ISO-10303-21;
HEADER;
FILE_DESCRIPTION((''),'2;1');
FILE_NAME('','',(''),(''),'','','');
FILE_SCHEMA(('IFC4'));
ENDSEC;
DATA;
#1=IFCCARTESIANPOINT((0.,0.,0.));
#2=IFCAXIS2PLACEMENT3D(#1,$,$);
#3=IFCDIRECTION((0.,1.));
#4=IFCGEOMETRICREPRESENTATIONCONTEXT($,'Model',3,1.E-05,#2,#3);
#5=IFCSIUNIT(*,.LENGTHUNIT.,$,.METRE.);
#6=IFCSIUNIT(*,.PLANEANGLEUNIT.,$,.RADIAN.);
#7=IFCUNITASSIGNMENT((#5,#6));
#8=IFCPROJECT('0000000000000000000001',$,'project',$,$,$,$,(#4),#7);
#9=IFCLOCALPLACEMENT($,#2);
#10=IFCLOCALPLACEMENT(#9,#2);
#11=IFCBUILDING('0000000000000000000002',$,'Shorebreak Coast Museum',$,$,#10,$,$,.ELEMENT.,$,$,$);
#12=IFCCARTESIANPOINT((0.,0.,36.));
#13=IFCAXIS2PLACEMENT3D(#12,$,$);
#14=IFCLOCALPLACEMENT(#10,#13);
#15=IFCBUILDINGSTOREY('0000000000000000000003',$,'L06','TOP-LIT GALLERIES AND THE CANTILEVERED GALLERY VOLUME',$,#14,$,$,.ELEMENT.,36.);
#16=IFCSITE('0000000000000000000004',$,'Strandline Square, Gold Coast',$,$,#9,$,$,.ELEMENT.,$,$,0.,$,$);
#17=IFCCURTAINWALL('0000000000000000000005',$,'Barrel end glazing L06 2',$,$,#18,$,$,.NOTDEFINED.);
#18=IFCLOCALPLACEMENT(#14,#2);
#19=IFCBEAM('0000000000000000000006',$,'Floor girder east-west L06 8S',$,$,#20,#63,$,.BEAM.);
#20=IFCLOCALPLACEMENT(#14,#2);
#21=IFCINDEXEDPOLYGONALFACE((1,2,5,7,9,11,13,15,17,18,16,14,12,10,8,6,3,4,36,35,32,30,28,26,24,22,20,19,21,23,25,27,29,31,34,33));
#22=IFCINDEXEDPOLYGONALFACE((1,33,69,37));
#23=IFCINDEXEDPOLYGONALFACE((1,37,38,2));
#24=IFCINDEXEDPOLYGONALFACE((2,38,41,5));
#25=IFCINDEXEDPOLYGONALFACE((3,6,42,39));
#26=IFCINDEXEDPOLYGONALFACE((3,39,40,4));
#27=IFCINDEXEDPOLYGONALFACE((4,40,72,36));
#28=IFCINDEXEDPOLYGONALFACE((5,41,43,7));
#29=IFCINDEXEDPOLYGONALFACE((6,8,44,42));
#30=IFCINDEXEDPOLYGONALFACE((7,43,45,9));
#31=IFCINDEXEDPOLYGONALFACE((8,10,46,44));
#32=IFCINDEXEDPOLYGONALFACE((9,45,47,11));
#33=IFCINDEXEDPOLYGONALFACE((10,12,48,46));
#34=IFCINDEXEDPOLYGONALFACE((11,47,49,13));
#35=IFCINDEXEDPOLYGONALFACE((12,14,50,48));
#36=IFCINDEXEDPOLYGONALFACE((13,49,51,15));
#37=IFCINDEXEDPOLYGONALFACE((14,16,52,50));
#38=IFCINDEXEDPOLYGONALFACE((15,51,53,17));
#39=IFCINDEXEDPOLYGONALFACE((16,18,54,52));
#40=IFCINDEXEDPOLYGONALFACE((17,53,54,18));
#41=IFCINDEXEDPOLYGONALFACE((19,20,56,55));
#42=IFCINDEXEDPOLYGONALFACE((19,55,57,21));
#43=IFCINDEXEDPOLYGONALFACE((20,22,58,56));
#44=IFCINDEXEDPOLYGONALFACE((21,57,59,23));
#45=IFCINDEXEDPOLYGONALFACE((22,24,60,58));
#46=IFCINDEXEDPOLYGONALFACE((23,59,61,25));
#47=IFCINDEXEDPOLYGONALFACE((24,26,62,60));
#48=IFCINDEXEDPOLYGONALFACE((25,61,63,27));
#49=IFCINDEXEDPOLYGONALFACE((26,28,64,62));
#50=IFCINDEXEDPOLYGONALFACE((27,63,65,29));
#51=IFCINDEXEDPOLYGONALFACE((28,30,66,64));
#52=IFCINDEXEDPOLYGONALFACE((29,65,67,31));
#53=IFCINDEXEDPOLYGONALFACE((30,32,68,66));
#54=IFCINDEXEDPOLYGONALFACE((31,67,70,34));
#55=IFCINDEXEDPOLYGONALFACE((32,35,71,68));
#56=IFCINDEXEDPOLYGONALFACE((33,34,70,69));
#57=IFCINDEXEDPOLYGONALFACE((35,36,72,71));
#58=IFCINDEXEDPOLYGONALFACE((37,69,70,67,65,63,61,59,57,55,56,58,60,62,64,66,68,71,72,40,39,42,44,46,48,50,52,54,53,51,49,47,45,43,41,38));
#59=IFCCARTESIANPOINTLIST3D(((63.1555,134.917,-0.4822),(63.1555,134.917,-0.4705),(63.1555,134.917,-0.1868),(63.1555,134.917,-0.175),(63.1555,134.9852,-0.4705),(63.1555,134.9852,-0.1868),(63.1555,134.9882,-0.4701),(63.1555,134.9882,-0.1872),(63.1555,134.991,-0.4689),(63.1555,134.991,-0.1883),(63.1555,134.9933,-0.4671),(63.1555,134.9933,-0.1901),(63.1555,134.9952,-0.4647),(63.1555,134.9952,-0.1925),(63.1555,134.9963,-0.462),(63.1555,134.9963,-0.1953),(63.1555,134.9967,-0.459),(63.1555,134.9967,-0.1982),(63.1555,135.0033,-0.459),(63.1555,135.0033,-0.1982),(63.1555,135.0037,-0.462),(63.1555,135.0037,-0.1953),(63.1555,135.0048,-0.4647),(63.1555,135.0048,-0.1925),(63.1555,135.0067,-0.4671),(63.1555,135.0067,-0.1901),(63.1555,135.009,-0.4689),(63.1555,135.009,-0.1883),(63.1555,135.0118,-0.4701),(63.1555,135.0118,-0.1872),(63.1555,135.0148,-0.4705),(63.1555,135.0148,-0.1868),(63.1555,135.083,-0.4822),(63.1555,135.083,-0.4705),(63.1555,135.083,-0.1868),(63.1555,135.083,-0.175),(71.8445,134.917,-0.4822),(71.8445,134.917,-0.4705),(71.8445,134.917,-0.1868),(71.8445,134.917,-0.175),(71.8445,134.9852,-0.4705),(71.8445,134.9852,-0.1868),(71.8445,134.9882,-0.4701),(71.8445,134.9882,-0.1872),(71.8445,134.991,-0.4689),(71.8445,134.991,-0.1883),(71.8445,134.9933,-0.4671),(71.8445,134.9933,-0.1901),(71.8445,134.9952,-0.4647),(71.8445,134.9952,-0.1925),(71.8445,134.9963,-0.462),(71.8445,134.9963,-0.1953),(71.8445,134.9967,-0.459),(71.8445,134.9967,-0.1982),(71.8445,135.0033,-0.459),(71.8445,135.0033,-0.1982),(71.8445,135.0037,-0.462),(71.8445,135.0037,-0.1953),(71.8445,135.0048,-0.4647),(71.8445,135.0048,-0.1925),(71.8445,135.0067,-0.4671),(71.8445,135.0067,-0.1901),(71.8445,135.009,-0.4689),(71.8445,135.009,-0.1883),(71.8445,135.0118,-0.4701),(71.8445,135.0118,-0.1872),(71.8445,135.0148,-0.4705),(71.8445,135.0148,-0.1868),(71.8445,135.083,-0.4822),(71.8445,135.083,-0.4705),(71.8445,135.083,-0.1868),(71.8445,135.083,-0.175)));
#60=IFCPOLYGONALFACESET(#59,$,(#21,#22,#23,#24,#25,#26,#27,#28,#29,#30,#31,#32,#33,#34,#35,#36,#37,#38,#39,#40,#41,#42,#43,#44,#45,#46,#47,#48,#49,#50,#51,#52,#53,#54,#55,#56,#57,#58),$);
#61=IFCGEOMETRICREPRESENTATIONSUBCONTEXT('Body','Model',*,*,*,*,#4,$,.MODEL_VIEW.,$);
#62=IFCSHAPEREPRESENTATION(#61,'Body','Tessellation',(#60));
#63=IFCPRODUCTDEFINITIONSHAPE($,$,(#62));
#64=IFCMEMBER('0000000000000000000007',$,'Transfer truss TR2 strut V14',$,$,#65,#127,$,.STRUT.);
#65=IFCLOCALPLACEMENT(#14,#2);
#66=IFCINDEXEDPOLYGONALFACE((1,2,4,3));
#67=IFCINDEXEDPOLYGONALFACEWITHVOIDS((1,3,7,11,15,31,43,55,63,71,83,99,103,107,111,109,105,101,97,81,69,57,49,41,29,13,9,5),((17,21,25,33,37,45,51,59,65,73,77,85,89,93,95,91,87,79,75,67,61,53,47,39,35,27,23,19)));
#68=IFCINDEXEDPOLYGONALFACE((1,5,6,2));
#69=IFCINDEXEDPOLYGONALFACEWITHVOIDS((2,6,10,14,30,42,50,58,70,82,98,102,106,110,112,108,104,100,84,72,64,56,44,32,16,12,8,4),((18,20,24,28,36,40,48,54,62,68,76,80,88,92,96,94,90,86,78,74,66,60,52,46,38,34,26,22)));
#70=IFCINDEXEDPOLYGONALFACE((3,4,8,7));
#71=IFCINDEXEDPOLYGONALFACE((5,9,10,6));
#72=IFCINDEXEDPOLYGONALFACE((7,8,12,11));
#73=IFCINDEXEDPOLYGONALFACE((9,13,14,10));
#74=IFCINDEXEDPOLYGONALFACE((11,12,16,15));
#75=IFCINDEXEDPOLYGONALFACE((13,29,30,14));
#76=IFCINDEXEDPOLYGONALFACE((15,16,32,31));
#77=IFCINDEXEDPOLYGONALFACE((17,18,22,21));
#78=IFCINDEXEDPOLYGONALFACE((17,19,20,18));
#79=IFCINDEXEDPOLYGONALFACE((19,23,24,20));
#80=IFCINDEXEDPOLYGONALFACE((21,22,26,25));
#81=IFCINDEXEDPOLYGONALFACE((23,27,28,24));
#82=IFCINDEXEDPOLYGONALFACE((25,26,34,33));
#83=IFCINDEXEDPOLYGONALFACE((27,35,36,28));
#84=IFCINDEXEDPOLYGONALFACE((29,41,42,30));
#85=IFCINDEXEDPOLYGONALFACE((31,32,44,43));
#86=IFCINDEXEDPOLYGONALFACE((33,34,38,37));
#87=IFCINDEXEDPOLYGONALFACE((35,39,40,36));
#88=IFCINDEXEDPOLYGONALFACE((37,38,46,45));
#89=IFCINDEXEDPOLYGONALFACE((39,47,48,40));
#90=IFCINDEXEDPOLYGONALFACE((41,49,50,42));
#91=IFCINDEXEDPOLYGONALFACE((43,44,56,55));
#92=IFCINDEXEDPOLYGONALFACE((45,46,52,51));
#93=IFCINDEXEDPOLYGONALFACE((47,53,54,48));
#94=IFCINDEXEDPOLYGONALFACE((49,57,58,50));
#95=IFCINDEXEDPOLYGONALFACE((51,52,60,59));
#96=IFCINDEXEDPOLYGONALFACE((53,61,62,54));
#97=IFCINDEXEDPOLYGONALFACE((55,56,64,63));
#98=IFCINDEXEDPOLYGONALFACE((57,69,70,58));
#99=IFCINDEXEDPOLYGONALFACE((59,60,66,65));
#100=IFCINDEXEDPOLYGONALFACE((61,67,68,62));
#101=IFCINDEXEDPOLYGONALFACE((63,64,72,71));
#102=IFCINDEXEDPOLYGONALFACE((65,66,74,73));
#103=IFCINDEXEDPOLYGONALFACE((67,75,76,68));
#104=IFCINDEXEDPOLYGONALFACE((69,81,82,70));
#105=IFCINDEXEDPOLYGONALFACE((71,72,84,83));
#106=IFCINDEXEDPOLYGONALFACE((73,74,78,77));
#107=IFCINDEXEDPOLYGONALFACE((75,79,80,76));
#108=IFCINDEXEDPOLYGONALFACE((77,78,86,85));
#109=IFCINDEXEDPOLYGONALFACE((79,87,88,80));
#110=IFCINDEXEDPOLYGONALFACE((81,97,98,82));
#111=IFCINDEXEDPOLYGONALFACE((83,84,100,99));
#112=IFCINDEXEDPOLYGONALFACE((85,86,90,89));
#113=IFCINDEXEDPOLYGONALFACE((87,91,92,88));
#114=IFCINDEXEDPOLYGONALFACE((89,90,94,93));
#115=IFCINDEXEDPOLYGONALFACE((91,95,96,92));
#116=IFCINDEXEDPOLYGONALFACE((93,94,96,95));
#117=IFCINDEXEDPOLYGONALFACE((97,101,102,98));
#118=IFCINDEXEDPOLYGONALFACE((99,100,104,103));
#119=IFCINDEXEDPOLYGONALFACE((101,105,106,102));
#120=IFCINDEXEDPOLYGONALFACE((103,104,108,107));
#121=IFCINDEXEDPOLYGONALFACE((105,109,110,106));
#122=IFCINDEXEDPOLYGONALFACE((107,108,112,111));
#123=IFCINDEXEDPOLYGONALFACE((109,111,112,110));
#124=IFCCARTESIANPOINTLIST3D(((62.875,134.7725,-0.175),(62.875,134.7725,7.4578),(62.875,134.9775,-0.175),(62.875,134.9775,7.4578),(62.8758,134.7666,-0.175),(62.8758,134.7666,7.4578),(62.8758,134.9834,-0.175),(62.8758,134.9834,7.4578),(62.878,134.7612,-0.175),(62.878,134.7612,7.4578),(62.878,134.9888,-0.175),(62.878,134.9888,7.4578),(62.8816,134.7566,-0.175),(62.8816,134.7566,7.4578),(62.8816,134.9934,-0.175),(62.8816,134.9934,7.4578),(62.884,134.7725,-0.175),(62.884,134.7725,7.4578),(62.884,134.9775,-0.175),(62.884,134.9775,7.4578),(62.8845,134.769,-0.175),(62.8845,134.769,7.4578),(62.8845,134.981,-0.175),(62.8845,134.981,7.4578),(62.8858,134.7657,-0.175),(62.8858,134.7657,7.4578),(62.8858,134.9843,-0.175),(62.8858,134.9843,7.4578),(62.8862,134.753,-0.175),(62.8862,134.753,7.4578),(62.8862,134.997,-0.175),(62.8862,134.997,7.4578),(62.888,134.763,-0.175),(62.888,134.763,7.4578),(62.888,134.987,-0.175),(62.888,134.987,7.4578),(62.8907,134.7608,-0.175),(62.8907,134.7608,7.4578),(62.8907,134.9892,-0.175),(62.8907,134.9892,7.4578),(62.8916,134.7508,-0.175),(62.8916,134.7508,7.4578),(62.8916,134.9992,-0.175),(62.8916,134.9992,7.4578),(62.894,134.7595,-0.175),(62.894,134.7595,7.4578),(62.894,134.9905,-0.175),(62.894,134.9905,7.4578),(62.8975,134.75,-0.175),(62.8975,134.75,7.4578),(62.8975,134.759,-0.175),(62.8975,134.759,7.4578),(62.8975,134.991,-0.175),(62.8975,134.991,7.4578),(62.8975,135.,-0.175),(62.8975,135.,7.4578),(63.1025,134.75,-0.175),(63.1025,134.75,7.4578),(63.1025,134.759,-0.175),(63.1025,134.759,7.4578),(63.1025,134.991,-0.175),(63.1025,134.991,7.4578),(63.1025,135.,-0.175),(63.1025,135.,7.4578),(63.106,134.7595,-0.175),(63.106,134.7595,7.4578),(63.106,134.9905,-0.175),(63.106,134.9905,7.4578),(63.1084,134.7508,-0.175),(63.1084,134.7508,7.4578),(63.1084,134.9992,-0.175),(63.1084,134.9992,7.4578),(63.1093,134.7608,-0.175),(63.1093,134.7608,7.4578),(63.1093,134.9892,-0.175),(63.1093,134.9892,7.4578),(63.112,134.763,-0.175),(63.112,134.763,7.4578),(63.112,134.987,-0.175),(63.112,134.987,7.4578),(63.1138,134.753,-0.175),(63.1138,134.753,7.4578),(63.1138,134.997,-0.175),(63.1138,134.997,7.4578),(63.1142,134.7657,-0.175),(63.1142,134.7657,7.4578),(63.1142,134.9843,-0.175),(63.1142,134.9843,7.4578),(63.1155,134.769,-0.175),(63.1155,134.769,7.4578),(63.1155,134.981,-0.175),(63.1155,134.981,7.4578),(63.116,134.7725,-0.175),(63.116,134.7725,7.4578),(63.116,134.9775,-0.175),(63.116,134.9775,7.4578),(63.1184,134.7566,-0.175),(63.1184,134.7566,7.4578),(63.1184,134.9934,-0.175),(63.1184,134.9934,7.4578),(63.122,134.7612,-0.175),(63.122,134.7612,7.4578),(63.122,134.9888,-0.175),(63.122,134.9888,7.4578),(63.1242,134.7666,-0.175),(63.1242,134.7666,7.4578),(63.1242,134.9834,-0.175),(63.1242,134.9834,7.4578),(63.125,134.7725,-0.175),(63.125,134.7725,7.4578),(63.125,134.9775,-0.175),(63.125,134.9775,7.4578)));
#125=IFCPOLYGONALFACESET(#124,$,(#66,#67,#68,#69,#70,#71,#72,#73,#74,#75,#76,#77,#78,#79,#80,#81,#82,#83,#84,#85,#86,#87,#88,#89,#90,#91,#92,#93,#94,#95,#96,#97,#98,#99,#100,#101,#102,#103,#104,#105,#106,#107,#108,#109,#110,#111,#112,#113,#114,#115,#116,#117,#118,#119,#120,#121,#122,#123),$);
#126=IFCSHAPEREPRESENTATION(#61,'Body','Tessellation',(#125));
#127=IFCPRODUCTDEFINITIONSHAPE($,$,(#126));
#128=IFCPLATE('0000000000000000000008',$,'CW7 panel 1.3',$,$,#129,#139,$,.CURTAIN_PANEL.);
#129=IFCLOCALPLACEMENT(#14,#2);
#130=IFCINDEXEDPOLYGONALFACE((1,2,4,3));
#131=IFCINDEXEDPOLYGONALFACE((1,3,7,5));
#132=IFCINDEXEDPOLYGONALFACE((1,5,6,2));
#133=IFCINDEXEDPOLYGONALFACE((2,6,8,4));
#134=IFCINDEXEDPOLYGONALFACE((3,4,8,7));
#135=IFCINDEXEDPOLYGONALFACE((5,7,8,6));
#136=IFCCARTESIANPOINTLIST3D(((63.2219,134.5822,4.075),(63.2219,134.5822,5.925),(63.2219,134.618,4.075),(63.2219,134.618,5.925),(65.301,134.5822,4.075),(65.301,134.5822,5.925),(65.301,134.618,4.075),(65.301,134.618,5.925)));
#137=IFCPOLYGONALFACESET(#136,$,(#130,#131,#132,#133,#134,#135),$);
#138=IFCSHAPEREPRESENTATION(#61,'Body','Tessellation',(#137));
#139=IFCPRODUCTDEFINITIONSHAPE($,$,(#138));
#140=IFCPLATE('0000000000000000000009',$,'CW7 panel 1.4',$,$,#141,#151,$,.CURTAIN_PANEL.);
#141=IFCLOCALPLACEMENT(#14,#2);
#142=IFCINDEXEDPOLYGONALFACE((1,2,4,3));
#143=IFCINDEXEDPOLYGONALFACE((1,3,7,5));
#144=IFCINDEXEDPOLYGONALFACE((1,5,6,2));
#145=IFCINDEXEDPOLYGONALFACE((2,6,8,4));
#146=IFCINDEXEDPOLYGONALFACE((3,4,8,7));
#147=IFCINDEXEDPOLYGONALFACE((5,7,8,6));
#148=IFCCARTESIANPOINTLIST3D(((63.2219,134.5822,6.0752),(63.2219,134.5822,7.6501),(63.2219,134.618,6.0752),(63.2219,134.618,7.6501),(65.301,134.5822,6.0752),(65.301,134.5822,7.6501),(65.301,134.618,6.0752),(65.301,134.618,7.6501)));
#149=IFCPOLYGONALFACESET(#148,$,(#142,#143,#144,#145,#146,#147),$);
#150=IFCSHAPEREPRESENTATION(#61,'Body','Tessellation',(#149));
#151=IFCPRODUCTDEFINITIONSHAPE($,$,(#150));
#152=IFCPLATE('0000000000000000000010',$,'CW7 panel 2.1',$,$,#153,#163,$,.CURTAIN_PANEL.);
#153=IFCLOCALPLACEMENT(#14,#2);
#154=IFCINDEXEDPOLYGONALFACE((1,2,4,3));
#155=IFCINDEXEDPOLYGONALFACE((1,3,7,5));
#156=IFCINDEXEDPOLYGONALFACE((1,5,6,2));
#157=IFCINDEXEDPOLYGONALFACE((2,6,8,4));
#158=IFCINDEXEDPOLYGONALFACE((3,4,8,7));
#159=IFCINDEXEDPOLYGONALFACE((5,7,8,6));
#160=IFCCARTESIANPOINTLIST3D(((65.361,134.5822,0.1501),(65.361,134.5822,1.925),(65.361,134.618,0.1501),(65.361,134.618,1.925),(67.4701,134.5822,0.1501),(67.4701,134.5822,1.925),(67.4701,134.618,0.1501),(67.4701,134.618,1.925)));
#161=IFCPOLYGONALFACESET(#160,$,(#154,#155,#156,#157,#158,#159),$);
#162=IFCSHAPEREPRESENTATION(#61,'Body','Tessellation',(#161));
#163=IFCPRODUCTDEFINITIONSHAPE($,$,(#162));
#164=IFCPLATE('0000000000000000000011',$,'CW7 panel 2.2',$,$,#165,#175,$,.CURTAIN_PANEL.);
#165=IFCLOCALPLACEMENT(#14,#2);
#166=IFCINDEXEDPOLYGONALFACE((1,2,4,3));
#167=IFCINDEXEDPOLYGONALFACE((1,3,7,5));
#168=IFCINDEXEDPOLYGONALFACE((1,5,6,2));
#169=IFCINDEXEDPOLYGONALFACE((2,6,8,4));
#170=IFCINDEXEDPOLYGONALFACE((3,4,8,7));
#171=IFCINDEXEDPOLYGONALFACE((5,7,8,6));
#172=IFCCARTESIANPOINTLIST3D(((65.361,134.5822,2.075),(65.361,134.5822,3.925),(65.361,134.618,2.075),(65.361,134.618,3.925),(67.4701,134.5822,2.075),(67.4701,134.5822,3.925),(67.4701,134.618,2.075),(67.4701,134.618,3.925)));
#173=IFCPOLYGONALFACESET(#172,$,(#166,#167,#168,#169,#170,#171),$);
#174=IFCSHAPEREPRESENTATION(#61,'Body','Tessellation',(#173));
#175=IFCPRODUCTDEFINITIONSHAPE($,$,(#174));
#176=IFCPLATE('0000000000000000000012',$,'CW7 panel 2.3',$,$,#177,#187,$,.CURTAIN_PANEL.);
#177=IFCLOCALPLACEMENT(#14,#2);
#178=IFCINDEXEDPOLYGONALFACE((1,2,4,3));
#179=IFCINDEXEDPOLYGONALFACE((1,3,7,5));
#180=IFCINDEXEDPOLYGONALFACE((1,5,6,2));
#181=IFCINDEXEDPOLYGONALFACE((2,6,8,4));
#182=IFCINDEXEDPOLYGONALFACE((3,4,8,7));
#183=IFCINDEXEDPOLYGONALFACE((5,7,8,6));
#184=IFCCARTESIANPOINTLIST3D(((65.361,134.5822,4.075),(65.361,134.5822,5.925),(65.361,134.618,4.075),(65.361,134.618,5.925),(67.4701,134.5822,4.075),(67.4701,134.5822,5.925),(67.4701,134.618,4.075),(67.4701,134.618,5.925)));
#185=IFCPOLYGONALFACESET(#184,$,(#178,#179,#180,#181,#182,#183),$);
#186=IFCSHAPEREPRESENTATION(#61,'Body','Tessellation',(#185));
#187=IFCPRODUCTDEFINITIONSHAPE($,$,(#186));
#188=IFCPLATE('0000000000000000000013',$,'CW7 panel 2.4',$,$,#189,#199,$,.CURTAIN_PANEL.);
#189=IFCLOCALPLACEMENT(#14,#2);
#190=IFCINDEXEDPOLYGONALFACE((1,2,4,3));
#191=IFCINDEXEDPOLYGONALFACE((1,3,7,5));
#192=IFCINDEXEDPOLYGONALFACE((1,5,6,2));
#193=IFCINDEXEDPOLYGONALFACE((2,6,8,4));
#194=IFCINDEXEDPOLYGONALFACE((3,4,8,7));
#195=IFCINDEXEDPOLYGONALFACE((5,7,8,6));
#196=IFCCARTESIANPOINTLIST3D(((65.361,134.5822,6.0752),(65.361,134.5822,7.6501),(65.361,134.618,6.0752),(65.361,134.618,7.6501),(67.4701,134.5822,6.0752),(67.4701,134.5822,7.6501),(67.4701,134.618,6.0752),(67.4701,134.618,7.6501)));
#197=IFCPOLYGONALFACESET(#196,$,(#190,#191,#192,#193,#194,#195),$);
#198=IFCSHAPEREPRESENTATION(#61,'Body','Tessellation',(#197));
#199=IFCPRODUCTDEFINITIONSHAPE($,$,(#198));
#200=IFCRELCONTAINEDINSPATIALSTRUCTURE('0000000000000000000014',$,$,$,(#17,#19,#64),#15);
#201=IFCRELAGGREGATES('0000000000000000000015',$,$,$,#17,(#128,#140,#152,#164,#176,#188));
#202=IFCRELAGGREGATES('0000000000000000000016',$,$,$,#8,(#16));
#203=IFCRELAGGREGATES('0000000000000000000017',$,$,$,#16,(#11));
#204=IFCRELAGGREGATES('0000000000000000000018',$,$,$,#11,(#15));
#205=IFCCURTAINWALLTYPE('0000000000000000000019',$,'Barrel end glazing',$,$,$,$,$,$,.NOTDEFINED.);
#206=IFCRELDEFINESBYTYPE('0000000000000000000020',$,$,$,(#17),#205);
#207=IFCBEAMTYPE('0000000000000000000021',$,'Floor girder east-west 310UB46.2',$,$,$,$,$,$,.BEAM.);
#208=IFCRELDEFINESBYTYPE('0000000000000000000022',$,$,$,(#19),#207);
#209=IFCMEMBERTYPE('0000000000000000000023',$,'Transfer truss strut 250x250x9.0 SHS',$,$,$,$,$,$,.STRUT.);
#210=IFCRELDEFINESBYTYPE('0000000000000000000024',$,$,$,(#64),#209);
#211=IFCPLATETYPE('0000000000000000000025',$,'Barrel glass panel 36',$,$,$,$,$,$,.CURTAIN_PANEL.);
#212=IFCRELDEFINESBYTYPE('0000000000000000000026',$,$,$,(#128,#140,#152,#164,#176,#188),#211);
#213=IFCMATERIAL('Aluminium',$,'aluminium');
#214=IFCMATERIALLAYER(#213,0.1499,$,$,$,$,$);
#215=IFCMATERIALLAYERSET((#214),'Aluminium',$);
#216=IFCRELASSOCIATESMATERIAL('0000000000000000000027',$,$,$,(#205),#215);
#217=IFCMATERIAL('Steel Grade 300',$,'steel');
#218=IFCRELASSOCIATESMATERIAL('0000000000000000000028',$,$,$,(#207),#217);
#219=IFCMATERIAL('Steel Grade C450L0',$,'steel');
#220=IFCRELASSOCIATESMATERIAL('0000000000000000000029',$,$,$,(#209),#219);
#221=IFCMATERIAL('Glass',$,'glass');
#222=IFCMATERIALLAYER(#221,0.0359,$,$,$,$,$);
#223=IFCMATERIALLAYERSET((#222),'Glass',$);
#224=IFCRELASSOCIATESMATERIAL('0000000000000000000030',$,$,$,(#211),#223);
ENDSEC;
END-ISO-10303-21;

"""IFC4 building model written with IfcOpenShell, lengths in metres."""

from ifc_helpers import new_model, si_unit, direction, frame, origin, origin_2d, place, context, subcontext, project, spatial, rectangle, hollow_rectangle, i_section, extrude, material, layer, layer_set, material_profile, profile_set, type_object, element, aggregate, save


model = new_model("IFC4")

# Units and contexts
model_context = context("Model", 3, precision=1e-05, world=origin(), true_north=direction((0.0, 1.0)))
body_context = subcontext(model_context, "Body", "Model", "MODEL_VIEW")
ifc_project = project(units=[si_unit("LENGTHUNIT", "METRE"), si_unit("PLANEANGLEUNIT", "RADIAN")], contexts=[model_context])

# Site, building, storey
site_placement = place(None, origin())
site = spatial("IfcSite", under=ifc_project, at=site_placement, Name="Strandline Square, Gold Coast", CompositionType="ELEMENT", RefElevation=0.0)
building_placement = place(site_placement, origin())
building = spatial("IfcBuilding", under=site, at=building_placement, Name="Shorebreak Coast Museum", CompositionType="ELEMENT")
storey_placement = place(building_placement, frame((0.0, 0.0, 36.0)))
storey = spatial("IfcBuildingStorey", under=building, at=storey_placement, Name="L06", Description="TOP-LIT GALLERIES AND THE CANTILEVERED GALLERY VOLUME", CompositionType="ELEMENT", Elevation=36.0)

# Curtain wall
ifc_material_1 = material(Name="Aluminium", Category="aluminium")
ifc_layer_1 = layer(ifc_material_1, 0.1499)
ifc_layer_set_1 = layer_set([ifc_layer_1], Name="Aluminium")
curtain_wall_type = type_object("IfcCurtainWallType", Name="Barrel end glazing", PredefinedType="NOTDEFINED", material=ifc_layer_set_1)
curtain_wall_placement = place(storey_placement, origin())
curtain_wall = element("IfcCurtainWall", 1, at=curtain_wall_placement, inside=storey, type_object=curtain_wall_type, Name="Barrel end glazing L06 2", PredefinedType="NOTDEFINED")

# Beam
ifc_material_2 = material(Name="Steel Grade 300", Category="steel")
ifc_material_profile_1 = material_profile(ifc_material_2, i_section(OverallWidth=0.166, OverallDepth=0.3071, WebThickness=0.0066, FlangeThickness=0.0117, FilletRadius=0.0115, at=origin_2d()), Name="310UB46.2")
ifc_profile_set_1 = profile_set([ifc_material_profile_1], Name="Steel Grade 300")
beam_type = type_object("IfcBeamType", Name="Floor girder east-west 310UB46.2", PredefinedType="BEAM", material=ifc_profile_set_1)
beam_placement = place(storey_placement, frame((63.1555, 135.0, -0.3286), z_axis=(1.0, 0.0, 0.0), x_axis=(0.0, 1.0, 0.0)))
element("IfcBeam", 2, at=beam_placement, inside=storey, type_object=beam_type, Name="Floor girder east-west L06 8S", PredefinedType="BEAM", context=body_context, shape_type="SweptSolid", body=[
    extrude(i_section(OverallWidth=0.166, OverallDepth=0.3071, WebThickness=0.0066, FlangeThickness=0.0117, FilletRadius=0.0115, at=origin_2d()), origin(), (0.0, 0.0, 1.0), 8.689),
])

# Member
ifc_material_3 = material(Name="Steel Grade C450L0", Category="steel")
ifc_material_profile_2 = material_profile(ifc_material_3, hollow_rectangle(XDim=0.25, YDim=0.25, WallThickness=0.009, InnerFilletRadius=0.0134, OuterFilletRadius=0.0225, at=origin_2d()), Name="250x250x9.0 SHS")
ifc_profile_set_2 = profile_set([ifc_material_profile_2], Name="Steel Grade C450L0")
member_type_1 = type_object("IfcMemberType", Name="Transfer truss strut 250x250x9.0 SHS", PredefinedType="STRUT", material=ifc_profile_set_2)
member_1_placement = place(storey_placement, frame((63.0, 134.875, -0.175), z_axis=(0.0, 0.0, 1.0), x_axis=(1.0, 0.0, 0.0)))
element("IfcMember", 3, at=member_1_placement, inside=storey, type_object=member_type_1, Name="Transfer truss TR2 strut V14", PredefinedType="STRUT", context=body_context, shape_type="SweptSolid", body=[
    extrude(hollow_rectangle(XDim=0.25, YDim=0.25, WallThickness=0.009, InnerFilletRadius=0.0134, OuterFilletRadius=0.0225, at=origin_2d()), origin(), (0.0, 0.0, 1.0), 7.6328),
])

# Plates
ifc_material_4 = material(Name="Glass", Category="glass")
ifc_layer_2 = layer(ifc_material_4, 0.0359)
ifc_layer_set_2 = layer_set([ifc_layer_2], Name="Glass")
plate_type = type_object("IfcPlateType", Name="Barrel glass panel 36", PredefinedType="CURTAIN_PANEL", material=ifc_layer_set_2)
plate_1_placement = place(storey_placement, frame((64.2615, 134.6001, 4.075), z_axis=(0.0, 0.0, 1.0), x_axis=(1.0, 0.0, 0.0)))
plate_1 = element("IfcPlate", 4, at=plate_1_placement, type_object=plate_type, Name="CW7 panel 1.3", PredefinedType="CURTAIN_PANEL", context=body_context, shape_type="SweptSolid", body=[
    extrude(rectangle(XDim=2.0791, YDim=0.0359, at=origin_2d()), origin(), (0.0, 0.0, 1.0), 1.8501),
])
plate_2_placement = place(storey_placement, frame((64.2615, 134.6001, 6.0752), z_axis=(0.0, 0.0, 1.0), x_axis=(1.0, 0.0, 0.0)))
plate_2 = element("IfcPlate", 5, at=plate_2_placement, type_object=plate_type, Name="CW7 panel 1.4", PredefinedType="CURTAIN_PANEL", context=body_context, shape_type="SweptSolid", body=[
    extrude(rectangle(XDim=2.0791, YDim=0.0359, at=origin_2d()), origin(), (0.0, 0.0, 1.0), 1.575),
])
plate_3_placement = place(storey_placement, frame((66.4155, 134.6001, 0.1501), z_axis=(0.0, 0.0, 1.0), x_axis=(1.0, 0.0, 0.0)))
plate_3 = element("IfcPlate", 6, at=plate_3_placement, type_object=plate_type, Name="CW7 panel 2.1", PredefinedType="CURTAIN_PANEL", context=body_context, shape_type="SweptSolid", body=[
    extrude(rectangle(XDim=2.1091, YDim=0.0359, at=origin_2d()), origin(), (0.0, 0.0, 1.0), 1.7749),
])
plate_4_placement = place(storey_placement, frame((66.4155, 134.6001, 2.075), z_axis=(0.0, 0.0, 1.0), x_axis=(1.0, 0.0, 0.0)))
plate_4 = element("IfcPlate", 7, at=plate_4_placement, type_object=plate_type, Name="CW7 panel 2.2", PredefinedType="CURTAIN_PANEL", context=body_context, shape_type="SweptSolid", body=[
    extrude(rectangle(XDim=2.1091, YDim=0.0359, at=origin_2d()), origin(), (0.0, 0.0, 1.0), 1.8501),
])
plate_5_placement = place(storey_placement, frame((66.4155, 134.6001, 4.075), z_axis=(0.0, 0.0, 1.0), x_axis=(1.0, 0.0, 0.0)))
plate_5 = element("IfcPlate", 8, at=plate_5_placement, type_object=plate_type, Name="CW7 panel 2.3", PredefinedType="CURTAIN_PANEL", context=body_context, shape_type="SweptSolid", body=[
    extrude(rectangle(XDim=2.1091, YDim=0.0359, at=origin_2d()), origin(), (0.0, 0.0, 1.0), 1.8501),
])
plate_6_placement = place(storey_placement, frame((66.4155, 134.6001, 6.0752), z_axis=(0.0, 0.0, 1.0), x_axis=(1.0, 0.0, 0.0)))
plate_6 = element("IfcPlate", 9, at=plate_6_placement, type_object=plate_type, Name="CW7 panel 2.4", PredefinedType="CURTAIN_PANEL", context=body_context, shape_type="SweptSolid", body=[
    extrude(rectangle(XDim=2.1091, YDim=0.0359, at=origin_2d()), origin(), (0.0, 0.0, 1.0), 1.575),
])
aggregate(curtain_wall, [plate_1, plate_2, plate_3, plate_4, plate_5, plate_6])

save(model, "model.ifc")
